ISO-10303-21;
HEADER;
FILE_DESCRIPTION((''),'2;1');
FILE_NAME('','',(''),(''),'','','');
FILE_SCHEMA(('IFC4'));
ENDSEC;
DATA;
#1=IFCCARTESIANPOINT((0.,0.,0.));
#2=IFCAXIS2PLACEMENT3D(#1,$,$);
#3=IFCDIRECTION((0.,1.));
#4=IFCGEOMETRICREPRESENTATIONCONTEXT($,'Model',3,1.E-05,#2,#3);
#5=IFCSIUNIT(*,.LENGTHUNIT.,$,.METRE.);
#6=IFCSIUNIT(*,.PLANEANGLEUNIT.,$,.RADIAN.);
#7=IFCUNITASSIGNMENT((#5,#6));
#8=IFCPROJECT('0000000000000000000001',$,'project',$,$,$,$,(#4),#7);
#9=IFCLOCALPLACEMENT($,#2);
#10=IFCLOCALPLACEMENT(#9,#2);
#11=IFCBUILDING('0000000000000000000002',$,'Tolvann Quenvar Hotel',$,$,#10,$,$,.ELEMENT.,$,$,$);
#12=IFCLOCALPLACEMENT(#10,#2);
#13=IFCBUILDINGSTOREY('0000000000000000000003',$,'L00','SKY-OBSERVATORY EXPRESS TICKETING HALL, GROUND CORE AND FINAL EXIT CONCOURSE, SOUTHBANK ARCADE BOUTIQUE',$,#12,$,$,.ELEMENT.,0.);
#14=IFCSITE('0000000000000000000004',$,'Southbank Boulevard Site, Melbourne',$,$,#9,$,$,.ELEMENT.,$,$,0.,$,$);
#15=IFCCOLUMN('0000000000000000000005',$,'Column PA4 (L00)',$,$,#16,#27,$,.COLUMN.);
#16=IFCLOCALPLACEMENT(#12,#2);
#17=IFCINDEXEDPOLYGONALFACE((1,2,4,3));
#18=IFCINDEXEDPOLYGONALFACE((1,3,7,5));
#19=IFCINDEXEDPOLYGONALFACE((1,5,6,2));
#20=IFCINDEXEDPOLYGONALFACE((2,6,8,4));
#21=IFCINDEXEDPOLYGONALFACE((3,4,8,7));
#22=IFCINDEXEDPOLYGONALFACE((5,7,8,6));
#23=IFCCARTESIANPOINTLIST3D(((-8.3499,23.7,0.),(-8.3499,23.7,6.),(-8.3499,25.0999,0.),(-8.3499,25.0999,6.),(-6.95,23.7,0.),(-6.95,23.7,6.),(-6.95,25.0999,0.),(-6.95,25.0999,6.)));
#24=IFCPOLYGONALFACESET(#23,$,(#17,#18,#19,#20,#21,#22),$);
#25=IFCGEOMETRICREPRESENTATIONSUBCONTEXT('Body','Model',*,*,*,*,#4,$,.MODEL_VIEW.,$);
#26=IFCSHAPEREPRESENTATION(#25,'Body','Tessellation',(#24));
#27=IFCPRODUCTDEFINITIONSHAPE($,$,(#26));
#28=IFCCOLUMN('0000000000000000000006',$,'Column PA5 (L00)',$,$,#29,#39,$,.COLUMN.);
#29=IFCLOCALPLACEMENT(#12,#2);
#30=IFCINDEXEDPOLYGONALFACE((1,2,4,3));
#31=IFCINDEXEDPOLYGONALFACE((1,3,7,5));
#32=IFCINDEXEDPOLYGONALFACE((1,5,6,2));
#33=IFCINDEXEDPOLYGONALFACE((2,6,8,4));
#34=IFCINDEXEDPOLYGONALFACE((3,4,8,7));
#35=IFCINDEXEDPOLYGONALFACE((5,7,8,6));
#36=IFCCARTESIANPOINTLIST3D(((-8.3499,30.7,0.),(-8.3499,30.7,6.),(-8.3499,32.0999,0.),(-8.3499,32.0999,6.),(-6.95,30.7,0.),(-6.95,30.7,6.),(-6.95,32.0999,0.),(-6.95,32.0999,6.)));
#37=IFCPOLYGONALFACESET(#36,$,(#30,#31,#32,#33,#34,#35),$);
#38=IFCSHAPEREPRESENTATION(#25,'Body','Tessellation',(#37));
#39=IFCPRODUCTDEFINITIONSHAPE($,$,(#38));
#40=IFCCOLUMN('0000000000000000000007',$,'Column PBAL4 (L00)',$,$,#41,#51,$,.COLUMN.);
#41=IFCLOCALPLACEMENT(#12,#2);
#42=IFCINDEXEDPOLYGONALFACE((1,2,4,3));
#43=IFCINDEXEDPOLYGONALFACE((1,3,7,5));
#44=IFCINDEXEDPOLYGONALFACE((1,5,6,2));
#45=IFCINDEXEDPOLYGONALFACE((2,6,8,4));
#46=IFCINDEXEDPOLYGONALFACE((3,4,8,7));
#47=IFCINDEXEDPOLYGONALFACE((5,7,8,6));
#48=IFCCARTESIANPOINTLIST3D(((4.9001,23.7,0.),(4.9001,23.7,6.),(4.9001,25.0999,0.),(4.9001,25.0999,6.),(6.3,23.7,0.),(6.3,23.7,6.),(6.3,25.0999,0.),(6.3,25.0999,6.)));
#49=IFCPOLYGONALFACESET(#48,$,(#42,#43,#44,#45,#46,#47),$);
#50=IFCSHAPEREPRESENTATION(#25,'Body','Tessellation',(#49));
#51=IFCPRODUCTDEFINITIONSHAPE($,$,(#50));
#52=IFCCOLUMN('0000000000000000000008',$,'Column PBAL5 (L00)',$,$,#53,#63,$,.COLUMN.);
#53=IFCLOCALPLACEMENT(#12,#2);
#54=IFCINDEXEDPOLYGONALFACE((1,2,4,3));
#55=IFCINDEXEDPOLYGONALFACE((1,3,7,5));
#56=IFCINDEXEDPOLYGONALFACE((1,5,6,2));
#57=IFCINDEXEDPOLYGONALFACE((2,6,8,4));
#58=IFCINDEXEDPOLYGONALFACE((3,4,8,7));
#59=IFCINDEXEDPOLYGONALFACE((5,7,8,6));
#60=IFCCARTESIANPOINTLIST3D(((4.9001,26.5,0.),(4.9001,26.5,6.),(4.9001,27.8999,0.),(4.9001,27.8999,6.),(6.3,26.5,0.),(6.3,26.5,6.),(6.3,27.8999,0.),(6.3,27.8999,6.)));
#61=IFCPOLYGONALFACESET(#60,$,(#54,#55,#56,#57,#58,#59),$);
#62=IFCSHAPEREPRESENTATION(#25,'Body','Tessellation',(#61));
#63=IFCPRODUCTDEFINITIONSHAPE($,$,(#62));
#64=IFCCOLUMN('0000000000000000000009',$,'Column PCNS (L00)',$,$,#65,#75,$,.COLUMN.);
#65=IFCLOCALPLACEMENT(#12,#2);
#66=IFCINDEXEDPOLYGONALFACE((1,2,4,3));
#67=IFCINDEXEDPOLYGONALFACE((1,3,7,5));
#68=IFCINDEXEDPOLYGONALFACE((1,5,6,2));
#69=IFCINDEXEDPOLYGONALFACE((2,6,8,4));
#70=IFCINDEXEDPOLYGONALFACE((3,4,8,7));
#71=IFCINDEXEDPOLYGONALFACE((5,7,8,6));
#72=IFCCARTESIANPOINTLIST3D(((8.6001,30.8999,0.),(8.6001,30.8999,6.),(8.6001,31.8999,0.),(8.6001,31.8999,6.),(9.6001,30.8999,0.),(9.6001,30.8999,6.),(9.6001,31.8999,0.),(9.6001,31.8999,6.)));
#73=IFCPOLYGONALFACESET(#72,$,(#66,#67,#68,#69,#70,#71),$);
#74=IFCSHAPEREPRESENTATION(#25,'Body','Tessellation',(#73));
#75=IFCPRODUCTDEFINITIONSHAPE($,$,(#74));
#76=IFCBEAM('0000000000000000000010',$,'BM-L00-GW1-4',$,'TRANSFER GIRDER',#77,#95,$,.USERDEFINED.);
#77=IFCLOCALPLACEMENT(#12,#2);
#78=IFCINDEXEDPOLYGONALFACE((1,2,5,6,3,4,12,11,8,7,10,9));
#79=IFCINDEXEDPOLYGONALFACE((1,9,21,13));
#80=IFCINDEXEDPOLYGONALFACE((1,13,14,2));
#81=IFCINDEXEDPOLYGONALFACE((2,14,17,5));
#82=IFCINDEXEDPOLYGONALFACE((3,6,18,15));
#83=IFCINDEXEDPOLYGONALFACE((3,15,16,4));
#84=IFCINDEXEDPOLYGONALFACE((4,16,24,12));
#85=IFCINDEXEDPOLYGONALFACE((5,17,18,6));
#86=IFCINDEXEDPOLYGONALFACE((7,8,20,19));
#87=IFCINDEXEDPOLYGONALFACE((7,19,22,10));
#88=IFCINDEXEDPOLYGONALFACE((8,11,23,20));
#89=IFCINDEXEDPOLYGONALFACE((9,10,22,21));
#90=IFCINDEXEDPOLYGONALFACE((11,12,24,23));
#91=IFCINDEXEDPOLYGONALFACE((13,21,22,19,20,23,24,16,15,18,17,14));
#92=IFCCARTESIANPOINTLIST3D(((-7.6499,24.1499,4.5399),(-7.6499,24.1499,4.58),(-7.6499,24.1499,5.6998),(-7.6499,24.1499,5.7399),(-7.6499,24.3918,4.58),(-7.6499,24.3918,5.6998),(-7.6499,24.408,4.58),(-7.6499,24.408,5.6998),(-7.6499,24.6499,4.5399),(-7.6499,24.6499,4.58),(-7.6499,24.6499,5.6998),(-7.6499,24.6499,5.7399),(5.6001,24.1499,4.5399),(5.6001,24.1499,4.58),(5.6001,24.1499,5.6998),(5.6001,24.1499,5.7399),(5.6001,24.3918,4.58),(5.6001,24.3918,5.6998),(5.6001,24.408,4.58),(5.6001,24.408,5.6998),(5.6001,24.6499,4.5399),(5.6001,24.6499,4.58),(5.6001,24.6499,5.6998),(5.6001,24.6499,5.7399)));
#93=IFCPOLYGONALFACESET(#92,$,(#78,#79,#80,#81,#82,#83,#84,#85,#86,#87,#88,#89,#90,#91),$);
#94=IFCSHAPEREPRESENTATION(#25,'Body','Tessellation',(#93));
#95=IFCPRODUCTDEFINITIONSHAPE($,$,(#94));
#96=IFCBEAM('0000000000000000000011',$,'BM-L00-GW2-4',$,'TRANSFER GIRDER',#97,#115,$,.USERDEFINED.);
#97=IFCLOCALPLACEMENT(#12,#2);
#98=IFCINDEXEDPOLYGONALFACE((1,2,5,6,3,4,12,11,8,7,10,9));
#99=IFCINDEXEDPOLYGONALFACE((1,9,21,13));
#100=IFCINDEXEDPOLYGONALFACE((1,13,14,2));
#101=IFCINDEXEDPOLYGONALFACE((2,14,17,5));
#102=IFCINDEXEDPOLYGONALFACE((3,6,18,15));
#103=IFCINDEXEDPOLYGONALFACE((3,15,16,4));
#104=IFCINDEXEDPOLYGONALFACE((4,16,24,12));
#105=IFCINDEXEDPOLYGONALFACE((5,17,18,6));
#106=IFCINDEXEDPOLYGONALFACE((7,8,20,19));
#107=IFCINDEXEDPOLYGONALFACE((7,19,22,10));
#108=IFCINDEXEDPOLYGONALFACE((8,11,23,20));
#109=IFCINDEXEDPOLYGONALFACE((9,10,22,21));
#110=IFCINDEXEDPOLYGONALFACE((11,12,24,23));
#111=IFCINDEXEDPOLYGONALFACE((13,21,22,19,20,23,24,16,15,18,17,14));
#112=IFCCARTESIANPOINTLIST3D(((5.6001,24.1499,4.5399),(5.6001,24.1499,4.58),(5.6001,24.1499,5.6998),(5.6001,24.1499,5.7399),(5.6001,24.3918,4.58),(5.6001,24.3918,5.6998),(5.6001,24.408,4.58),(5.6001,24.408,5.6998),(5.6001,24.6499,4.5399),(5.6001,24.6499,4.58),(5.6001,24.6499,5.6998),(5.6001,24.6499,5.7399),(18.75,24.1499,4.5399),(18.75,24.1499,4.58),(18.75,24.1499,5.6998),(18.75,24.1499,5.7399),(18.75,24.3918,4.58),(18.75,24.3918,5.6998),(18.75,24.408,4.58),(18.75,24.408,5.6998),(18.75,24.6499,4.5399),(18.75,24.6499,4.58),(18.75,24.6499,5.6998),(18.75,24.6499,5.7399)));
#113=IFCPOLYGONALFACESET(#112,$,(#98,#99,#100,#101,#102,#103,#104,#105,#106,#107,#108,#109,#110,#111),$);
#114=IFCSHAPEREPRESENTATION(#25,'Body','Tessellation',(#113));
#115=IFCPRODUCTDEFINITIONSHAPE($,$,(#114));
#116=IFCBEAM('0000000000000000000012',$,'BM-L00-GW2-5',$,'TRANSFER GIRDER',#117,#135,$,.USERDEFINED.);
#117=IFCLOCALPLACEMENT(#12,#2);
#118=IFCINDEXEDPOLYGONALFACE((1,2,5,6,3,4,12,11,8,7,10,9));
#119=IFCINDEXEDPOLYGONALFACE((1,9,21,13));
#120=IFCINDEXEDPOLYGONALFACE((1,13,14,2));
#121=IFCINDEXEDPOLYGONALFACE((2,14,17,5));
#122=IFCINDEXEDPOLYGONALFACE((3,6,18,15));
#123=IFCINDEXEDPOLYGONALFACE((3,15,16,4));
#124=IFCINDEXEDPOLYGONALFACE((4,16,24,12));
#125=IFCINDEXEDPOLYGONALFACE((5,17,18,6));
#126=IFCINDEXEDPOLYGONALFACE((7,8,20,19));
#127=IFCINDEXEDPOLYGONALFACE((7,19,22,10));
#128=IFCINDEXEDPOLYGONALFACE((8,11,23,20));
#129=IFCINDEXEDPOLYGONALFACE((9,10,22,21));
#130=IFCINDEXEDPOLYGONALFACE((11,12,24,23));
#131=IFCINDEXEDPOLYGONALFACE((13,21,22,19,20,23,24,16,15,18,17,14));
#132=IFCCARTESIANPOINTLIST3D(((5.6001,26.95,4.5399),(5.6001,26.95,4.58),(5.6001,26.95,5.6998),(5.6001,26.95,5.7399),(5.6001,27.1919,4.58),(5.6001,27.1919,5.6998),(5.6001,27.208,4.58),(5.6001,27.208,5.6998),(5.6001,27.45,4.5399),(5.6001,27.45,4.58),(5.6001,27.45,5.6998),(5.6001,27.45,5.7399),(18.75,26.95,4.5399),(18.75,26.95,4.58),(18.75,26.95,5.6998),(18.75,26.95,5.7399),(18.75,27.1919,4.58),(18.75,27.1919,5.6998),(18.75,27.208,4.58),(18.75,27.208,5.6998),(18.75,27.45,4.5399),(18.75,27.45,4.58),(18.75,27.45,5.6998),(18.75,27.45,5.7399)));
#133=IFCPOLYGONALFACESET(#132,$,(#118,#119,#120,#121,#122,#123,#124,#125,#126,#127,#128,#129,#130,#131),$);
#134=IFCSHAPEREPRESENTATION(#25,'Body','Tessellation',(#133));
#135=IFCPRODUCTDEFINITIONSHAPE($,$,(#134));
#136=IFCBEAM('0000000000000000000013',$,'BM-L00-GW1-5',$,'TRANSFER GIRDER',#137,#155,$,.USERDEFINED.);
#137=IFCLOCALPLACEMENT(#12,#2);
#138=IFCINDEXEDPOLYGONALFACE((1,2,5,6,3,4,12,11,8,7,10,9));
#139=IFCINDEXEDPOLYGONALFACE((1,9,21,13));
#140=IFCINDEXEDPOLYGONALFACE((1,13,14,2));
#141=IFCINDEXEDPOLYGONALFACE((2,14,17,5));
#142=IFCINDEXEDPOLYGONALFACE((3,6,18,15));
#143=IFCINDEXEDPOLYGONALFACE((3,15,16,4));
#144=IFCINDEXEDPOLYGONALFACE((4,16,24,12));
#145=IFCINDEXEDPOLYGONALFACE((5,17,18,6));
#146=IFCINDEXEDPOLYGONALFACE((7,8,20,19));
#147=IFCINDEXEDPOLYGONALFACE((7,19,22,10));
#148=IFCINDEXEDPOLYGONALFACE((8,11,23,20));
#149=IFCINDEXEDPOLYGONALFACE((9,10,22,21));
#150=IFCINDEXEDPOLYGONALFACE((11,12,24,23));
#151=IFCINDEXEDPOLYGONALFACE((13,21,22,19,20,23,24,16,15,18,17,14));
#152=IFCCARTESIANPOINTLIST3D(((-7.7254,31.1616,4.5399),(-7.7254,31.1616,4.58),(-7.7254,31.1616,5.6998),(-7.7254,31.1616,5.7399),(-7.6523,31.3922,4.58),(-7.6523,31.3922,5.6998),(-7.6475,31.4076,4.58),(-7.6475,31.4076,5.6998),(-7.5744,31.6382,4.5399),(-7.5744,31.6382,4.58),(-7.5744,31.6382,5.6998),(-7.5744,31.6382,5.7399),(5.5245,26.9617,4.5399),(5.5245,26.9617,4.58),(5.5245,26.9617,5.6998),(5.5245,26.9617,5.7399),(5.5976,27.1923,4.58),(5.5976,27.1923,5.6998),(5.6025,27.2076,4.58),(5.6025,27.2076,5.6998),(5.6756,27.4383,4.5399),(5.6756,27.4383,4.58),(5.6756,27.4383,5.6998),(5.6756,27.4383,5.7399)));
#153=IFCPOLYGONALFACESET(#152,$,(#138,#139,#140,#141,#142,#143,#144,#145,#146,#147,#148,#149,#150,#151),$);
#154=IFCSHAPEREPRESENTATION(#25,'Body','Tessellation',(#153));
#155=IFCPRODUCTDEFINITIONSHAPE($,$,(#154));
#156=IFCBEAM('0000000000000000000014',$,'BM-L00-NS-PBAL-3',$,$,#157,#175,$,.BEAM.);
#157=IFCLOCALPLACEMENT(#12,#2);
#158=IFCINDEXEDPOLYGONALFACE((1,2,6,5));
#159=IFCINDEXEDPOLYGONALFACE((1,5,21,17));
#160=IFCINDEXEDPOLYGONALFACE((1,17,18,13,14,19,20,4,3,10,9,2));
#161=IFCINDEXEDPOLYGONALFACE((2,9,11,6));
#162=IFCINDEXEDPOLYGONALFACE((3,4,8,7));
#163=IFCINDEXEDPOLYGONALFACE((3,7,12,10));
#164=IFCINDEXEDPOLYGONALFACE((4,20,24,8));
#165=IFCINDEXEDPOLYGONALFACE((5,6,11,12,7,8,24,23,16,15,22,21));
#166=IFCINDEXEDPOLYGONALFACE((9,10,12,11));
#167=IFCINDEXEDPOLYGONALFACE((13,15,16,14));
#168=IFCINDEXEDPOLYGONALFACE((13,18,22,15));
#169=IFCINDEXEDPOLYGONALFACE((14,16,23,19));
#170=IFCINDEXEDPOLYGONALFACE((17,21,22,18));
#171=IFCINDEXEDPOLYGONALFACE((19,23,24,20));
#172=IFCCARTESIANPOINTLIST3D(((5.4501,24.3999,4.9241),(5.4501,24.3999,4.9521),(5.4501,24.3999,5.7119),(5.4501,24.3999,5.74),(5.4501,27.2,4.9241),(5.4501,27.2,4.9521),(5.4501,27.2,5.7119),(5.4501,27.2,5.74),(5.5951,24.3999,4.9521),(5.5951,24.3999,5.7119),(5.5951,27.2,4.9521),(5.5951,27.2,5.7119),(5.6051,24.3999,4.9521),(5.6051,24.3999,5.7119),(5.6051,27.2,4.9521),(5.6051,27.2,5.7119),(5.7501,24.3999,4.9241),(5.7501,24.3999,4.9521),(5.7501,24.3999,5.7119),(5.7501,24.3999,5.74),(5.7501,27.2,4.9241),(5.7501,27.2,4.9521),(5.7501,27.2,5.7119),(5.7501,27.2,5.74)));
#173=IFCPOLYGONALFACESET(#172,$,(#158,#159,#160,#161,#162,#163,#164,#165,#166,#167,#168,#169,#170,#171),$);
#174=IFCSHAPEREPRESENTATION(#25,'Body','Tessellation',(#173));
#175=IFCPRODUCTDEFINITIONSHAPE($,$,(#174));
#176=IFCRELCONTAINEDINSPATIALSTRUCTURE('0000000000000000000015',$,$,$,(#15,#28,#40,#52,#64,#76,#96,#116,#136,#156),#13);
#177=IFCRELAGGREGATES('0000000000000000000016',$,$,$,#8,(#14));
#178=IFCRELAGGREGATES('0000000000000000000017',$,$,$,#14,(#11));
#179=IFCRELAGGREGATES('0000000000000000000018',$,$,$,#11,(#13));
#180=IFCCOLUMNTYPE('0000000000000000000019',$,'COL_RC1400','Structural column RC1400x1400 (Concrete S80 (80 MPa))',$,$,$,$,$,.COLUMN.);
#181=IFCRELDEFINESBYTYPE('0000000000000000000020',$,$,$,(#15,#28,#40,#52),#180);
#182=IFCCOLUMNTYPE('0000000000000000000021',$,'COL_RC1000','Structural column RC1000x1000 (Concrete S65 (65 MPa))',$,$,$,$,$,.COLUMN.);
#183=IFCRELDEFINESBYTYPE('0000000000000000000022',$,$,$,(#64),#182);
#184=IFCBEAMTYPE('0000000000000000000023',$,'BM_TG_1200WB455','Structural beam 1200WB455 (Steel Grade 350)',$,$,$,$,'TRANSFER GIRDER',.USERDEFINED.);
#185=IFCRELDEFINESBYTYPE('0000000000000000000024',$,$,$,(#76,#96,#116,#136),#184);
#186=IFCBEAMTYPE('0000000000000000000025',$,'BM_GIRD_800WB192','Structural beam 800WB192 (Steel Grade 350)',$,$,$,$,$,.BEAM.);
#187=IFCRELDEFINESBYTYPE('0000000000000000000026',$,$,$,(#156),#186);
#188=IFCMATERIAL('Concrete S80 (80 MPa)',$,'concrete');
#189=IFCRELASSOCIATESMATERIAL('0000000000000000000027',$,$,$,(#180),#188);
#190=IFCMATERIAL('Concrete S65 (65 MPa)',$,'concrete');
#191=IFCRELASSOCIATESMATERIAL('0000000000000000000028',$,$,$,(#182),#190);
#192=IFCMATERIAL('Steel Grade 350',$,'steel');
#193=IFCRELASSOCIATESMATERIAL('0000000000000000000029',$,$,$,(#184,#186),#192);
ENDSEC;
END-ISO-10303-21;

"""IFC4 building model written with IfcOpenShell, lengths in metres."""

from ifc_helpers import new_model, si_unit, direction, frame, origin, origin_2d, place, context, subcontext, project, spatial, rectangle, i_section, extrude, source, transform, mapped, material, material_profile, profile_set, type_object, type_shapes, element, save


model = new_model("IFC4")

# Units and contexts
model_context = context("Model", 3, precision=1e-05, world=origin(), true_north=direction((0.0, 1.0)))
body_context = subcontext(model_context, "Body", "Model", "MODEL_VIEW")
ifc_project = project(units=[si_unit("LENGTHUNIT", "METRE"), si_unit("PLANEANGLEUNIT", "RADIAN")], contexts=[model_context])

# Site, building, storey
site_placement = place(None, origin())
site = spatial("IfcSite", under=ifc_project, at=site_placement, Name="Southbank Boulevard Site, Melbourne", CompositionType="ELEMENT", RefElevation=0.0)
building_placement = place(site_placement, origin())
building = spatial("IfcBuilding", under=site, at=building_placement, Name="Tolvann Quenvar Hotel", CompositionType="ELEMENT")
storey_placement = place(building_placement, origin())
storey = spatial("IfcBuildingStorey", under=building, at=storey_placement, Name="L00", Description="SKY-OBSERVATORY EXPRESS TICKETING HALL, GROUND CORE AND FINAL EXIT CONCOURSE, SOUTHBANK ARCADE BOUTIQUE", CompositionType="ELEMENT", Elevation=0.0)

# Columns
ifc_material_1 = material(Name="Concrete S80 (80 MPa)", Category="concrete")
ifc_material_profile_1 = material_profile(ifc_material_1, rectangle(XDim=1.3999, YDim=1.3999, at=origin_2d()), Name="RC1400x1400")
ifc_profile_set_1 = profile_set([ifc_material_profile_1], Name="Concrete S80 (80 MPa)")
column_type_1 = type_object("IfcColumnType", Name="COL_RC1400", Description="Structural column RC1400x1400 (Concrete S80 (80 MPa))", PredefinedType="COLUMN", material=ifc_profile_set_1)
shared_shape_1 = source(origin(), body_context, "Body", "SweptSolid", [
    extrude(rectangle(XDim=1.3999, YDim=1.3999, at=origin_2d()), origin(), (0.0, 0.0, 1.0), 6.0),
])
type_shapes(column_type_1, [shared_shape_1])
for number, where, z_axis, x_axis, name in (
    (1, (-7.6499, 24.3999, 0.0), (0.0, 0.0, 1.0), (1.0, 0.0, 0.0), "Column PA4 (L00)"),
    (2, (-7.6499, 31.3999, 0.0), (0.0, 0.0, 1.0), (1.0, 0.0, 0.0), "Column PA5 (L00)"),
    (3, (5.6001, 24.3999, 0.0), (0.0, 0.0, 1.0), (1.0, 0.0, 0.0), "Column PBAL4 (L00)"),
    (4, (5.6001, 27.2, 0.0), (0.0, 0.0, 1.0), (1.0, 0.0, 0.0), "Column PBAL5 (L00)"),
):
    element("IfcColumn", number, at=place(storey_placement, frame(where, z_axis=z_axis, x_axis=x_axis)), inside=storey, type_object=column_type_1, Name=name, PredefinedType="COLUMN", context=body_context, shape_type="MappedRepresentation", body=[
        mapped(shared_shape_1, transform((0.0, 0.0, 0.0), x_axis=(1.0, 0.0, 0.0), y_axis=(0.0, 1.0, 0.0), z_axis=(0.0, 0.0, 1.0), scale=1.0)),
    ])
ifc_material_2 = material(Name="Concrete S65 (65 MPa)", Category="concrete")
ifc_material_profile_2 = material_profile(ifc_material_2, rectangle(XDim=1.0, YDim=1.0, at=origin_2d()), Name="RC1000x1000")
ifc_profile_set_2 = profile_set([ifc_material_profile_2], Name="Concrete S65 (65 MPa)")
column_type_2 = type_object("IfcColumnType", Name="COL_RC1000", Description="Structural column RC1000x1000 (Concrete S65 (65 MPa))", PredefinedType="COLUMN", material=ifc_profile_set_2)
shared_shape_2 = source(origin(), body_context, "Body", "SweptSolid", [
    extrude(rectangle(XDim=1.0, YDim=1.0, at=origin_2d()), origin(), (0.0, 0.0, 1.0), 6.0),
])
type_shapes(column_type_2, [shared_shape_2])
column_placement = place(storey_placement, frame((9.1001, 31.3999, 0.0), z_axis=(0.0, 0.0, 1.0), x_axis=(1.0, 0.0, 0.0)))
element("IfcColumn", 5, at=column_placement, inside=storey, type_object=column_type_2, Name="Column PCNS (L00)", PredefinedType="COLUMN", context=body_context, shape_type="MappedRepresentation", body=[
    mapped(shared_shape_2, transform((0.0, 0.0, 0.0), x_axis=(1.0, 0.0, 0.0), y_axis=(0.0, 1.0, 0.0), z_axis=(0.0, 0.0, 1.0), scale=1.0)),
])

# Beams
ifc_material_3 = material(Name="Steel Grade 350", Category="steel")
ifc_material_profile_3 = material_profile(ifc_material_3, i_section(OverallWidth=0.5, OverallDepth=1.2, WebThickness=0.0161, FlangeThickness=0.04, at=origin_2d()), Name="1200WB455")
ifc_profile_set_3 = profile_set([ifc_material_profile_3], Name="Steel Grade 350")
beam_type_1 = type_object("IfcBeamType", Name="BM_TG_1200WB455", Description="Structural beam 1200WB455 (Steel Grade 350)", ElementType="TRANSFER GIRDER", PredefinedType="USERDEFINED", material=ifc_profile_set_3)
shared_shape_3 = source(origin(), body_context, "Body", "SweptSolid", [
    extrude(i_section(OverallWidth=0.5, OverallDepth=1.2, WebThickness=0.0161, FlangeThickness=0.04, at=origin_2d()), origin(), (0.0, 0.0, 1.0), 13.25),
])
beam_1_placement = place(storey_placement, frame((-7.6499, 24.3999, 5.1399), z_axis=(1.0, 0.0, 0.0), x_axis=(0.0, 1.0, 0.0)))
element("IfcBeam", 6, at=beam_1_placement, inside=storey, type_object=beam_type_1, Name="BM-L00-GW1-4", ObjectType="TRANSFER GIRDER", PredefinedType="USERDEFINED", context=body_context, shape_type="MappedRepresentation", body=[
    mapped(shared_shape_3, transform((0.0, 0.0, 0.0), x_axis=(1.0, 0.0, 0.0), y_axis=(0.0, 1.0, 0.0), z_axis=(0.0, 0.0, 1.0), scale=1.0)),
])
shared_shape_4 = source(origin(), body_context, "Body", "SweptSolid", [
    extrude(i_section(OverallWidth=0.5, OverallDepth=1.2, WebThickness=0.0161, FlangeThickness=0.04, at=origin_2d()), origin(), (0.0, 0.0, 1.0), 13.1499),
])
for number, where, z_axis, x_axis, name in (
    (7, (5.6001, 24.3999, 5.1399), (1.0, 0.0, 0.0), (0.0, 1.0, 0.0), "BM-L00-GW2-4"),
    (8, (5.6001, 27.2, 5.1399), (1.0, 0.0, 0.0), (0.0, 1.0, 0.0), "BM-L00-GW2-5"),
):
    element("IfcBeam", number, at=place(storey_placement, frame(where, z_axis=z_axis, x_axis=x_axis)), inside=storey, type_object=beam_type_1, Name=name, ObjectType="TRANSFER GIRDER", PredefinedType="USERDEFINED", context=body_context, shape_type="MappedRepresentation", body=[
        mapped(shared_shape_4, transform((0.0, 0.0, 0.0), x_axis=(1.0, 0.0, 0.0), y_axis=(0.0, 1.0, 0.0), z_axis=(0.0, 0.0, 1.0), scale=1.0)),
    ])
shared_shape_5 = source(origin(), body_context, "Body", "SweptSolid", [
    extrude(i_section(OverallWidth=0.5, OverallDepth=1.2, WebThickness=0.0161, FlangeThickness=0.04, at=origin_2d()), origin(), (0.0, 0.0, 1.0), 13.8997),
])
type_shapes(beam_type_1, [shared_shape_3, shared_shape_4, shared_shape_5])
beam_2_placement = place(storey_placement, frame((-7.6499, 31.3999, 5.1399), z_axis=(0.953257, -0.302161, 0.0), x_axis=(0.302161, 0.953257, 0.0)))
element("IfcBeam", 9, at=beam_2_placement, inside=storey, type_object=beam_type_1, Name="BM-L00-GW1-5", ObjectType="TRANSFER GIRDER", PredefinedType="USERDEFINED", context=body_context, shape_type="MappedRepresentation", body=[
    mapped(shared_shape_5, transform((0.0, 0.0, 0.0), x_axis=(1.0, 0.0, 0.0), y_axis=(0.0, 1.0, 0.0), z_axis=(0.0, 0.0, 1.0), scale=1.0)),
])
ifc_material_profile_4 = material_profile(ifc_material_3, i_section(OverallWidth=0.3, OverallDepth=0.8159, WebThickness=0.01, FlangeThickness=0.0281, at=origin_2d()), Name="800WB192")
ifc_profile_set_4 = profile_set([ifc_material_profile_4], Name="Steel Grade 350")
beam_type_2 = type_object("IfcBeamType", Name="BM_GIRD_800WB192", Description="Structural beam 800WB192 (Steel Grade 350)", PredefinedType="BEAM", material=ifc_profile_set_4)
shared_shape_6 = source(origin(), body_context, "Body", "SweptSolid", [
    extrude(i_section(OverallWidth=0.3, OverallDepth=0.8159, WebThickness=0.01, FlangeThickness=0.0281, at=origin_2d()), origin(), (0.0, 0.0, 1.0), 2.8),
])
beam_3_placement = place(storey_placement, frame((5.6001, 24.3999, 5.332), z_axis=(0.0, 1.0, 0.0), x_axis=(-1.0, 0.0, 0.0)))
element("IfcBeam", 10, at=beam_3_placement, inside=storey, type_object=beam_type_2, Name="BM-L00-NS-PBAL-3", PredefinedType="BEAM", context=body_context, shape_type="MappedRepresentation", body=[
    mapped(shared_shape_6, transform((0.0, 0.0, 0.0), x_axis=(1.0, 0.0, 0.0), y_axis=(0.0, 1.0, 0.0), z_axis=(0.0, 0.0, 1.0), scale=1.0)),
])

save(model, "model.ifc")
